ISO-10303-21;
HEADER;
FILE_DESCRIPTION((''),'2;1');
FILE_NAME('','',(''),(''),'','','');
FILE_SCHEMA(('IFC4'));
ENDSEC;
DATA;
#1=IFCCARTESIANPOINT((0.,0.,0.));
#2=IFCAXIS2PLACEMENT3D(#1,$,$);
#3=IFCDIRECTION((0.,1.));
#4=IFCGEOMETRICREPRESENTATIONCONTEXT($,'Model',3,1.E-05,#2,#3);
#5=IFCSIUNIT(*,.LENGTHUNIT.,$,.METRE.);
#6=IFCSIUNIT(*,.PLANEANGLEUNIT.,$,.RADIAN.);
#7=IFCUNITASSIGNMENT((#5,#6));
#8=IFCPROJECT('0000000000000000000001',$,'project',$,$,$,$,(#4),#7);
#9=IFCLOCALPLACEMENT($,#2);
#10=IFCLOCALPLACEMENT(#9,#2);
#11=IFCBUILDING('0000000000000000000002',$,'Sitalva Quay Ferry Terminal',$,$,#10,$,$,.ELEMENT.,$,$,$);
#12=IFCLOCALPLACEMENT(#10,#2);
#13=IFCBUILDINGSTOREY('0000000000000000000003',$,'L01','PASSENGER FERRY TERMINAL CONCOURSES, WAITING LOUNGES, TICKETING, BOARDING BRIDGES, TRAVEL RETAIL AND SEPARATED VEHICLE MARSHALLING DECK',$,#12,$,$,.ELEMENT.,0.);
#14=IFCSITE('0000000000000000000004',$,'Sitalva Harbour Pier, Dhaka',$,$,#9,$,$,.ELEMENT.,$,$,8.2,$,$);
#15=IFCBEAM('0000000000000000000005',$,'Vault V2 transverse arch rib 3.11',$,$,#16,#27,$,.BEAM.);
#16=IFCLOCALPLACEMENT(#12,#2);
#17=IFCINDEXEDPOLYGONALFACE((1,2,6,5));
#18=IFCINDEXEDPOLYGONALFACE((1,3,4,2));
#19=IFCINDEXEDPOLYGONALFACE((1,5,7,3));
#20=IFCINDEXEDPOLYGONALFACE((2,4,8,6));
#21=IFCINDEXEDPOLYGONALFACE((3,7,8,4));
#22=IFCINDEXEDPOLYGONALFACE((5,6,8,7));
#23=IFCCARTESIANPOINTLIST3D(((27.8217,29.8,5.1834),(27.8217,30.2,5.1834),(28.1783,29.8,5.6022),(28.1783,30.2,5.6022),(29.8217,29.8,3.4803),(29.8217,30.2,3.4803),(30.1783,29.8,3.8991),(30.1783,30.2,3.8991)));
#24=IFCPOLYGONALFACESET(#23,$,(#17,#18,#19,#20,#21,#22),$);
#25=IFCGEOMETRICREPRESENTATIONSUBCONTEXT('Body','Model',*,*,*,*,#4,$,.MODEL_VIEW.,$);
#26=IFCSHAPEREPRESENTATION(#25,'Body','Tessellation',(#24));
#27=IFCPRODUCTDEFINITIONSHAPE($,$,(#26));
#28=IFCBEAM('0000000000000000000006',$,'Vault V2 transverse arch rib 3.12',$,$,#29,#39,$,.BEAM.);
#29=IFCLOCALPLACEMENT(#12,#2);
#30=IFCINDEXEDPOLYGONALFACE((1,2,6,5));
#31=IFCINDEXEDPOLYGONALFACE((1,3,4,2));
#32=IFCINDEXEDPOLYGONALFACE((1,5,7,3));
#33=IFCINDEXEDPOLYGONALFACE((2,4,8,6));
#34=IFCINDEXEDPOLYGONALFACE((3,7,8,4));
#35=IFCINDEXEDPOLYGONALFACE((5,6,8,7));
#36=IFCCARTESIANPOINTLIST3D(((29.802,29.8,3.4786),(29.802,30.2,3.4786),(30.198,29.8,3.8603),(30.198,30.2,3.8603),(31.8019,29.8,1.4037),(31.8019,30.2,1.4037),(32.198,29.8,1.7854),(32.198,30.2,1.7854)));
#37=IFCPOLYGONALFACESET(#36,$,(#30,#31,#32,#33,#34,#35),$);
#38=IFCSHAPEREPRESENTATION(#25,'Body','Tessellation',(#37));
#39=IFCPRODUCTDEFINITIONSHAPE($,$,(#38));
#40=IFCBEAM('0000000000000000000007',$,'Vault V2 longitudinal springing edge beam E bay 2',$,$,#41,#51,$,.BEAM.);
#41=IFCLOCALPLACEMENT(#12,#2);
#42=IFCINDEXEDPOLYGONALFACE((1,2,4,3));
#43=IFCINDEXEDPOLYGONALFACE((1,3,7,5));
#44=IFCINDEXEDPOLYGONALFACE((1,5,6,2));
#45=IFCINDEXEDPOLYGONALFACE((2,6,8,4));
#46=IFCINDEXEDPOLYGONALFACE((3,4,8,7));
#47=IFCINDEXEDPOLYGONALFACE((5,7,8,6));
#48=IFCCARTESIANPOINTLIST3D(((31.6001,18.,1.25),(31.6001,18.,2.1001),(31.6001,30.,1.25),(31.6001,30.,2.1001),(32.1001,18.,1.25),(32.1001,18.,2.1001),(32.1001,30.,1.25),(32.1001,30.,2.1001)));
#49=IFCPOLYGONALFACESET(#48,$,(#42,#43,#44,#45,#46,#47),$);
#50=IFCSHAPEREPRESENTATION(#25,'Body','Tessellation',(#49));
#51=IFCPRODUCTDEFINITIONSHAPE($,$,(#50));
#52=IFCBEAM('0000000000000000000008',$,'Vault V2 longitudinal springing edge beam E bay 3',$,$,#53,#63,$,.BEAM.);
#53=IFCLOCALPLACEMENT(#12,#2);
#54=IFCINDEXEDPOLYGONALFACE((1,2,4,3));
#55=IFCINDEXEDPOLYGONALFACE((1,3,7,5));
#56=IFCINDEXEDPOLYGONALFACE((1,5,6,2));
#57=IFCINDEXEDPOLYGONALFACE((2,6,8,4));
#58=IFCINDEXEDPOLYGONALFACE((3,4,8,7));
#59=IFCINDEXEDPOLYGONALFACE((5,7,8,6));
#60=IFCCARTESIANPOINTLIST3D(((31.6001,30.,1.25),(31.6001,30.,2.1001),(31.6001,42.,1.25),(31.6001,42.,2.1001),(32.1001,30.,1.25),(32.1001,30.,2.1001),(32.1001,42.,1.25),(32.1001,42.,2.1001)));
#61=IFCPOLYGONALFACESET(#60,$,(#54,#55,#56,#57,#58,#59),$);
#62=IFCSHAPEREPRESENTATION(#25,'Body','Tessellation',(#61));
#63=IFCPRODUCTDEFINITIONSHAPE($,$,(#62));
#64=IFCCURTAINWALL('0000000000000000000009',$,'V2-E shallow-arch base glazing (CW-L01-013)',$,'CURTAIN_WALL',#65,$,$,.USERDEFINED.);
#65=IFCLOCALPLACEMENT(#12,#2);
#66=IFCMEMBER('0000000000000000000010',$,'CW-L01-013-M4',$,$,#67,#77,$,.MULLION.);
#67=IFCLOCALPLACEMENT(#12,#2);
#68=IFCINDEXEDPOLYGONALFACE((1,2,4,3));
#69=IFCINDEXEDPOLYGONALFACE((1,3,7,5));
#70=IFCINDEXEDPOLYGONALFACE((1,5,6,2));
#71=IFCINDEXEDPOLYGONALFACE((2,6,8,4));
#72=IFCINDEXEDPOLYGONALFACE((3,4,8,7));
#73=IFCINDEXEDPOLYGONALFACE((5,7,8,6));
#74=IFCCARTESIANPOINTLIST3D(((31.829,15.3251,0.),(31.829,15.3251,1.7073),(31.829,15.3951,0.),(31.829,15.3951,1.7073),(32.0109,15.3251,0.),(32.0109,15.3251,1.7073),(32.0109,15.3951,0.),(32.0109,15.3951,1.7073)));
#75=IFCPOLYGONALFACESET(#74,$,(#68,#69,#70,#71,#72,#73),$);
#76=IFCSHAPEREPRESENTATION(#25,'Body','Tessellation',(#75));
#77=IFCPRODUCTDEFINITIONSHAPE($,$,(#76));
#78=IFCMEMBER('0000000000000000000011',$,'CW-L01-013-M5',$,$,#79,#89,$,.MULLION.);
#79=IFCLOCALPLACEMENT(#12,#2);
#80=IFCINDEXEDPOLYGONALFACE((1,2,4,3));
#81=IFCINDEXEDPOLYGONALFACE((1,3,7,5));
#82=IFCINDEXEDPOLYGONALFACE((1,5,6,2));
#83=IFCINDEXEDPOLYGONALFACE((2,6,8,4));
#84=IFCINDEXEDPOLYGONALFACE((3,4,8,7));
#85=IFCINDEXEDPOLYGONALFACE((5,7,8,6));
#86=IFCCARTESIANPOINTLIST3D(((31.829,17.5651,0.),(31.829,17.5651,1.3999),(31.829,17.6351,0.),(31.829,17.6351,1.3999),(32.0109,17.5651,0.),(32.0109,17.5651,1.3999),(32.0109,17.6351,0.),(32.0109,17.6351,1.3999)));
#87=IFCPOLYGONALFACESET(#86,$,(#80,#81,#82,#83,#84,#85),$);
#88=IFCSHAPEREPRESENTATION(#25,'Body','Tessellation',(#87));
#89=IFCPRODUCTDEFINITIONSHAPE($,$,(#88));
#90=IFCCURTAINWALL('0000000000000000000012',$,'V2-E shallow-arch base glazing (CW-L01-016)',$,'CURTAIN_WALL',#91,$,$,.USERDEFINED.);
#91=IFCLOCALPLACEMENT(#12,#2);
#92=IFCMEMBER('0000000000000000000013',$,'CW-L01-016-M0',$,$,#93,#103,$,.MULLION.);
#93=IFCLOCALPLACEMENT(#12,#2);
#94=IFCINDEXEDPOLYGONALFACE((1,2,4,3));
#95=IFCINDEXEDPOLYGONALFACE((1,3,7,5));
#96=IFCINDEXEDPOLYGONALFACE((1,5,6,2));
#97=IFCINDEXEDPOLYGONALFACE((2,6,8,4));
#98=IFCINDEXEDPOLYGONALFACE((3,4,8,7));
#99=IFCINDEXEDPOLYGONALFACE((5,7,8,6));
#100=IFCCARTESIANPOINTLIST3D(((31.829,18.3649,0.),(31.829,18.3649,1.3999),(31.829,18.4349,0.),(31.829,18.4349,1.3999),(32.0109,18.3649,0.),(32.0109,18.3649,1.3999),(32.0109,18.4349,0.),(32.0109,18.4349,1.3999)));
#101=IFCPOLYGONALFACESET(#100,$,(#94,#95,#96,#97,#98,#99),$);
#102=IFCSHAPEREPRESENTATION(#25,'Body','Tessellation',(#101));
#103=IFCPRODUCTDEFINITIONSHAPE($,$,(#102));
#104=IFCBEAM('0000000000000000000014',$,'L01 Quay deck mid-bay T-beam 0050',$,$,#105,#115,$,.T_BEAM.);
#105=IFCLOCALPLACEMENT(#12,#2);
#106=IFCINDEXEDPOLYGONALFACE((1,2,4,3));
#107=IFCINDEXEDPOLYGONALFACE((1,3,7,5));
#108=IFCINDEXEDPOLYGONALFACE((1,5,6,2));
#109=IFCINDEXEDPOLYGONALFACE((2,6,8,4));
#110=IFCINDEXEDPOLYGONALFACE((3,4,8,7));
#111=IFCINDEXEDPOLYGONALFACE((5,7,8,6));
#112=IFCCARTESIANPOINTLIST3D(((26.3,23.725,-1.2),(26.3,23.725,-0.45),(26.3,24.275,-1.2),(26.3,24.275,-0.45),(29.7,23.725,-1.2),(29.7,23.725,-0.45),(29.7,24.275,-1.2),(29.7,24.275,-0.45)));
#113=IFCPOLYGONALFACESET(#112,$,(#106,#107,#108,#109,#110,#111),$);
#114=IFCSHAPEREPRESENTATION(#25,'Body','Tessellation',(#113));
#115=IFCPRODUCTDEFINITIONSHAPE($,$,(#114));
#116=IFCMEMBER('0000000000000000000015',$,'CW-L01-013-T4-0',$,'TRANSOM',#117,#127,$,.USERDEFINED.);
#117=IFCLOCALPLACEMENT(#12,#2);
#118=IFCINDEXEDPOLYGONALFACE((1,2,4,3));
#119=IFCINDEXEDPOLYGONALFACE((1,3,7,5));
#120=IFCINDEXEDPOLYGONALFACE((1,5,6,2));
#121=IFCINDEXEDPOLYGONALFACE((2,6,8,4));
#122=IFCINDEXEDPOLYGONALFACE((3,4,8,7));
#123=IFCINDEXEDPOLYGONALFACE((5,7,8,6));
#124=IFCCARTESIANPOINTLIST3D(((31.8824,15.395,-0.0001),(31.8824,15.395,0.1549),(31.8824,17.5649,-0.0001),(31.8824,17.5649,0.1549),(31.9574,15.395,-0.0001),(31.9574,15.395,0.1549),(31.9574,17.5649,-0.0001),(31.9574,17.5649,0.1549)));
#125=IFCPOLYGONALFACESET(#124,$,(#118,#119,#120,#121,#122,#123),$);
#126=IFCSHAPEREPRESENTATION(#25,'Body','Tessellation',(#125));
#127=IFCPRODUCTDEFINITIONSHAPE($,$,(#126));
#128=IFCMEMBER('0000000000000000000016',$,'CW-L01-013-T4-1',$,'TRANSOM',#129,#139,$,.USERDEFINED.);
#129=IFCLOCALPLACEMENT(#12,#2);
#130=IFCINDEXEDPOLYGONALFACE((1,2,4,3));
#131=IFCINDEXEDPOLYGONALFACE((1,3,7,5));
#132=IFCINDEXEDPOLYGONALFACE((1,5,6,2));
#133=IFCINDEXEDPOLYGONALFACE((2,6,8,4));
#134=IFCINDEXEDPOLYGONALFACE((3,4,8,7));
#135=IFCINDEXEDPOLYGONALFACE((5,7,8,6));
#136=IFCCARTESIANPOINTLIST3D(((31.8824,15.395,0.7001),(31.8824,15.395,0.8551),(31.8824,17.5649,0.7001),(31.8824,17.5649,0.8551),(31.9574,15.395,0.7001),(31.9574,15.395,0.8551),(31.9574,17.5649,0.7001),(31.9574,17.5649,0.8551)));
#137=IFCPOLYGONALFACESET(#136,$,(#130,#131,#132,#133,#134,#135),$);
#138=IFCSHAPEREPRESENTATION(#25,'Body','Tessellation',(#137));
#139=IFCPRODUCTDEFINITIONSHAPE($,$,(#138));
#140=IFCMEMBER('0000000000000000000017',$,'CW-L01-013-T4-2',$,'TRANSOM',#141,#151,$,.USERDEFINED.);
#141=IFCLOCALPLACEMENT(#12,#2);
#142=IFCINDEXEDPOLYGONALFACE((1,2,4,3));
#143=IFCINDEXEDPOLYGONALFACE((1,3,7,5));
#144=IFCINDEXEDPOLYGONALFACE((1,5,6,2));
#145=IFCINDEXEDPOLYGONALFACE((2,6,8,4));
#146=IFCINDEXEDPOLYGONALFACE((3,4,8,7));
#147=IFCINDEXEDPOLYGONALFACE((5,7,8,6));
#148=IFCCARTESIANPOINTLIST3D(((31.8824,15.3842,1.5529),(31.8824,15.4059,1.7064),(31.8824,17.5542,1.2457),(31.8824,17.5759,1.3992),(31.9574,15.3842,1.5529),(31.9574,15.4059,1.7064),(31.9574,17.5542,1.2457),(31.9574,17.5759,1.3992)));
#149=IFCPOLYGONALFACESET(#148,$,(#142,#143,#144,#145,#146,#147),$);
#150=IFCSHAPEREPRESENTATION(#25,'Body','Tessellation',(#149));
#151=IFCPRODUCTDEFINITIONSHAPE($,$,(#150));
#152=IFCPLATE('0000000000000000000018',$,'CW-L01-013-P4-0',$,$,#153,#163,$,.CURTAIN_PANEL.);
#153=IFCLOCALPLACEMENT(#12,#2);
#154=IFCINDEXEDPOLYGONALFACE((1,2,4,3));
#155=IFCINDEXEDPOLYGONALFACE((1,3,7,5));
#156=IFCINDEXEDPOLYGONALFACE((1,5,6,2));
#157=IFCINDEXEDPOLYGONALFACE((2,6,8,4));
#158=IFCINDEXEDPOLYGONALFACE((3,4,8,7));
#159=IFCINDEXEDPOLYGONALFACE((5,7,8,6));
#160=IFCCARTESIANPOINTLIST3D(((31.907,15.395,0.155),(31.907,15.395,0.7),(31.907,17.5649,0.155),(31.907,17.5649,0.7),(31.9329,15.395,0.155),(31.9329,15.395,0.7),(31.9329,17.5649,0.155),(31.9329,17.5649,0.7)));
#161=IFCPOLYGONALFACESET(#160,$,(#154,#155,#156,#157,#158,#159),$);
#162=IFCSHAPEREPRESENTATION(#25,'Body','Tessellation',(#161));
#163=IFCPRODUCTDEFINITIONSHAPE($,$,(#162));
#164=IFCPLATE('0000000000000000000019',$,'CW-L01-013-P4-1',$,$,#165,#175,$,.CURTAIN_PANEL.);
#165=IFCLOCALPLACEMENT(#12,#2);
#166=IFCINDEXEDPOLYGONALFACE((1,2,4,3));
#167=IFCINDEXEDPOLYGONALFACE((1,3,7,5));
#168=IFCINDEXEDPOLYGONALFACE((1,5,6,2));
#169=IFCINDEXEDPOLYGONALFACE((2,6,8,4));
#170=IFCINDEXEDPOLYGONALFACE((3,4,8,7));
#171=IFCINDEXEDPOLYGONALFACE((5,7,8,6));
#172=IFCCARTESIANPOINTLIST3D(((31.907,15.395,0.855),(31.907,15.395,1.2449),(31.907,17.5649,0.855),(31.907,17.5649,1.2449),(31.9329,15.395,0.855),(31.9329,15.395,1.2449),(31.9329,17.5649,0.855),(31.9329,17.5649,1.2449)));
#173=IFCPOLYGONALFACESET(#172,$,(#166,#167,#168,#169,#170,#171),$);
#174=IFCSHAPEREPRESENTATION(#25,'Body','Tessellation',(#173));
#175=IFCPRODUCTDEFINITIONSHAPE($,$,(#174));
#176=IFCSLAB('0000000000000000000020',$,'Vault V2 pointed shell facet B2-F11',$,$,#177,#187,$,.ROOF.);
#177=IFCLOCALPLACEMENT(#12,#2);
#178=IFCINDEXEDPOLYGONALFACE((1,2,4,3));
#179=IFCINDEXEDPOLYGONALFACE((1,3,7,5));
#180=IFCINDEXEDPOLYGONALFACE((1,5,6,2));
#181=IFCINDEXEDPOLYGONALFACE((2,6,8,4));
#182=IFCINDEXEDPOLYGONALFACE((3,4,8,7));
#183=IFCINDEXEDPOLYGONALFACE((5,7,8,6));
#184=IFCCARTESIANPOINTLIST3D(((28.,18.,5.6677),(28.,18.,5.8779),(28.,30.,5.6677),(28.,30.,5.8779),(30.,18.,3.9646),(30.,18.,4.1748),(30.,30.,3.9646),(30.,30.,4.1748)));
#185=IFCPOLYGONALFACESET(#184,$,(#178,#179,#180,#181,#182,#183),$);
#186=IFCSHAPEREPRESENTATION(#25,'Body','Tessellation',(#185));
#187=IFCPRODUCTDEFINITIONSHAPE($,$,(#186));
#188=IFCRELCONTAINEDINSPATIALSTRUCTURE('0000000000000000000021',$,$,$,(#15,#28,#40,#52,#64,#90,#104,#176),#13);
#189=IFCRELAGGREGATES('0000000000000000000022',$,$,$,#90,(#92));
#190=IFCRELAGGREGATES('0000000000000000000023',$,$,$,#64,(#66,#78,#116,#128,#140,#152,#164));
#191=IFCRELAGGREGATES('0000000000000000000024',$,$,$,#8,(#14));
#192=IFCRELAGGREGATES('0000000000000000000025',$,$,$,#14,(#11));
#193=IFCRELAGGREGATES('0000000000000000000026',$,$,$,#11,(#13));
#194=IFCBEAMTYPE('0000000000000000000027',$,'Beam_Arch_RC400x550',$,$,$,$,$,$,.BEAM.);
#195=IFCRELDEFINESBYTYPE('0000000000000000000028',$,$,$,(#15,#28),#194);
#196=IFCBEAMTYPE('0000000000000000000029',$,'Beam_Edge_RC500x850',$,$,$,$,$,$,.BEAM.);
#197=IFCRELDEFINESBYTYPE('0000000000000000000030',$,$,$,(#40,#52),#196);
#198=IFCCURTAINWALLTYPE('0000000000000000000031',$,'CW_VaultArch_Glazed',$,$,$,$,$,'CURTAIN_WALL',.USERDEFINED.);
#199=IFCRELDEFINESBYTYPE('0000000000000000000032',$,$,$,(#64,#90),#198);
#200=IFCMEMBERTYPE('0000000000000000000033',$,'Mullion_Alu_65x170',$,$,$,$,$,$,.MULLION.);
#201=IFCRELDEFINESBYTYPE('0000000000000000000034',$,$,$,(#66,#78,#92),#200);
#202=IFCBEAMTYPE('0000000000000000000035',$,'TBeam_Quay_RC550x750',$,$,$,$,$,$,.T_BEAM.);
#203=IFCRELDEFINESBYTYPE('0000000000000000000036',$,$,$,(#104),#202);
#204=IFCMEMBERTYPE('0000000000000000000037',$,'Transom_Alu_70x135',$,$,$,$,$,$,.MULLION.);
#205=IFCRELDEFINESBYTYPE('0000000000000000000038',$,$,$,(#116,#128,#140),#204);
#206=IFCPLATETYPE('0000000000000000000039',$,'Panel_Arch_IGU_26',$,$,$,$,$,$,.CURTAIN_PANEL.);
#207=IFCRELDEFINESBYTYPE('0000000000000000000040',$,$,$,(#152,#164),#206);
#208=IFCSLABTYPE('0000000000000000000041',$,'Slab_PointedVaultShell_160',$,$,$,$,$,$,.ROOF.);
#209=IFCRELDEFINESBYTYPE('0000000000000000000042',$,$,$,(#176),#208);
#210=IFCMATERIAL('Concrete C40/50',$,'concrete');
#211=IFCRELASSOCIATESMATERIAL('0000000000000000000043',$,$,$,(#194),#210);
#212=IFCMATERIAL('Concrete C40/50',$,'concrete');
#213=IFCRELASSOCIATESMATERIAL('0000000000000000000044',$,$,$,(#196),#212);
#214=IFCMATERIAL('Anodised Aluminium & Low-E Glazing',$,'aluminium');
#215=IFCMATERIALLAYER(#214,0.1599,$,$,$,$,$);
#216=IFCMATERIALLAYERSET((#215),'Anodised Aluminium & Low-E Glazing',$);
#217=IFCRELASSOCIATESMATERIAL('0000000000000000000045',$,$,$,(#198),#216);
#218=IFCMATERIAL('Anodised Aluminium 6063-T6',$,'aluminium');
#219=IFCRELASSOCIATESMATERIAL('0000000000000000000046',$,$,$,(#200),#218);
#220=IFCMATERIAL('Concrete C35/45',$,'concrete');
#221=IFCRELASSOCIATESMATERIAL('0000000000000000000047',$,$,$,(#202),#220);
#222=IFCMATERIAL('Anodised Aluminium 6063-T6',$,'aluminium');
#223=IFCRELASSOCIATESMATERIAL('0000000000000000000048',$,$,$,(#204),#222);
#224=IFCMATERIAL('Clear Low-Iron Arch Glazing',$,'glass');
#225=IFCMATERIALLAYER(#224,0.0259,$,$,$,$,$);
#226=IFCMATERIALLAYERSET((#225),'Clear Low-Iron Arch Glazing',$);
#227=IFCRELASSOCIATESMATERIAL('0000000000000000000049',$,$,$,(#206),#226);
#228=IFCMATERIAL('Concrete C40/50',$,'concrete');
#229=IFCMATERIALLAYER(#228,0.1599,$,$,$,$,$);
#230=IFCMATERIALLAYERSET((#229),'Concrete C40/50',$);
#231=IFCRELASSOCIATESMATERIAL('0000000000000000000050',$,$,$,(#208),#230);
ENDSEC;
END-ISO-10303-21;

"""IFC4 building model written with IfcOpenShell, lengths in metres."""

from ifc_helpers import new_model, si_unit, direction, frame, origin, origin_2d, place, context, subcontext, project, spatial, polyline, rectangle, outline, extrude, material, layer, layer_set, material_profile, profile_set, type_object, element, aggregate, save


model = new_model("IFC4")

# Units and contexts
model_context = context("Model", 3, precision=1e-05, world=origin(), true_north=direction((0.0, 1.0)))
body_context = subcontext(model_context, "Body", "Model", "MODEL_VIEW")
ifc_project = project(units=[si_unit("LENGTHUNIT", "METRE"), si_unit("PLANEANGLEUNIT", "RADIAN")], contexts=[model_context])

# Site, building, storey
site_placement = place(None, origin())
site = spatial("IfcSite", under=ifc_project, at=site_placement, Name="Sitalva Harbour Pier, Dhaka", CompositionType="ELEMENT", RefElevation=8.2)
building_placement = place(site_placement, origin())
building = spatial("IfcBuilding", under=site, at=building_placement, Name="Sitalva Quay Ferry Terminal", CompositionType="ELEMENT")
storey_placement = place(building_placement, origin())
storey = spatial("IfcBuildingStorey", under=building, at=storey_placement, Name="L01", Description="PASSENGER FERRY TERMINAL CONCOURSES, WAITING LOUNGES, TICKETING, BOARDING BRIDGES, TRAVEL RETAIL AND SEPARATED VEHICLE MARSHALLING DECK", CompositionType="ELEMENT", Elevation=0.0)

# Beams
ifc_material_1 = material(Name="Concrete C40/50", Category="concrete")
ifc_material_profile_1 = material_profile(ifc_material_1, rectangle(XDim=0.3999, YDim=0.55, at=origin_2d()), Name="RC400x550")
ifc_profile_set_1 = profile_set([ifc_material_profile_1], Name="Concrete C40/50")
beam_type_1 = type_object("IfcBeamType", Name="Beam_Arch_RC400x550", PredefinedType="BEAM", material=ifc_profile_set_1)
beam_1_placement = place(storey_placement, frame((28.0, 30.0, 5.3928), z_axis=(0.761352, 0.0, -0.648339), x_axis=(0.0, 1.0, 0.0)))
element("IfcBeam", 1, at=beam_1_placement, inside=storey, type_object=beam_type_1, Name="Vault V2 transverse arch rib 3.11", PredefinedType="BEAM", context=body_context, shape_type="SweptSolid", body=[
    extrude(rectangle(XDim=0.3999, YDim=0.55, at=origin_2d()), origin(), (0.0, 0.0, 1.0), 2.627),
])
beam_2_placement = place(storey_placement, frame((30.0, 30.0, 3.6694), z_axis=(0.693983, 0.0, -0.719991), x_axis=(0.0, 1.0, 0.0)))
element("IfcBeam", 2, at=beam_2_placement, inside=storey, type_object=beam_type_1, Name="Vault V2 transverse arch rib 3.12", PredefinedType="BEAM", context=body_context, shape_type="SweptSolid", body=[
    extrude(rectangle(XDim=0.3999, YDim=0.55, at=origin_2d()), origin(), (0.0, 0.0, 1.0), 2.8818),
])
ifc_material_2 = material(Name="Concrete C40/50", Category="concrete")
ifc_material_profile_2 = material_profile(ifc_material_2, rectangle(XDim=0.5, YDim=0.8501, at=origin_2d()), Name="RC500x850")
ifc_profile_set_2 = profile_set([ifc_material_profile_2], Name="Concrete C40/50")
beam_type_2 = type_object("IfcBeamType", Name="Beam_Edge_RC500x850", PredefinedType="BEAM", material=ifc_profile_set_2)
for number, where, z_axis, x_axis, name in (
    (3, (31.8501, 18.0, 1.675), (0.0, 1.0, 0.0), (-1.0, 0.0, 0.0), "Vault V2 longitudinal springing edge beam E bay 2"),
    (4, (31.8501, 30.0, 1.675), (0.0, 1.0, 0.0), (-1.0, 0.0, 0.0), "Vault V2 longitudinal springing edge beam E bay 3"),
):
    element("IfcBeam", number, at=place(storey_placement, frame(where, z_axis=z_axis, x_axis=x_axis)), inside=storey, type_object=beam_type_2, Name=name, PredefinedType="BEAM", context=body_context, shape_type="SweptSolid", body=[
        extrude(rectangle(XDim=0.5, YDim=0.8501, at=origin_2d()), origin(), (0.0, 0.0, 1.0), 12.0),
    ])

# Curtain wall, members
ifc_material_3 = material(Name="Anodised Aluminium & Low-E Glazing", Category="aluminium")
ifc_layer_1 = layer(ifc_material_3, 0.1599)
ifc_layer_set_1 = layer_set([ifc_layer_1], Name="Anodised Aluminium & Low-E Glazing")
curtain_wall_type = type_object("IfcCurtainWallType", Name="CW_VaultArch_Glazed", ElementType="CURTAIN_WALL", PredefinedType="USERDEFINED", material=ifc_layer_set_1)
curtain_wall_1_placement = place(storey_placement, origin())
curtain_wall_1 = element("IfcCurtainWall", 5, at=curtain_wall_1_placement, inside=storey, type_object=curtain_wall_type, Name="V2-E shallow-arch base glazing (CW-L01-013)", ObjectType="CURTAIN_WALL", PredefinedType="USERDEFINED")
ifc_material_4 = material(Name="Anodised Aluminium 6063-T6", Category="aluminium")
ifc_material_profile_3 = material_profile(ifc_material_4, rectangle(XDim=0.0701, YDim=0.1819, at=origin_2d()), Name="ALU70x182")
ifc_profile_set_3 = profile_set([ifc_material_profile_3], Name="Anodised Aluminium 6063-T6")
member_type_1 = type_object("IfcMemberType", Name="Mullion_Alu_65x170", PredefinedType="MULLION", material=ifc_profile_set_3)
member_1_placement = place(storey_placement, frame((31.9199, 15.3601, 0.0), z_axis=(0.0, 0.0, 1.0), x_axis=(0.0, 1.0, 0.0)))
member_1 = element("IfcMember", 6, at=member_1_placement, type_object=member_type_1, Name="CW-L01-013-M4", PredefinedType="MULLION", context=body_context, shape_type="SweptSolid", body=[
    extrude(rectangle(XDim=0.0701, YDim=0.1819, at=origin_2d()), origin(), (0.0, 0.0, 1.0), 1.7073),
])
member_2_placement = place(storey_placement, frame((31.9199, 17.6001, 0.0), z_axis=(0.0, 0.0, 1.0), x_axis=(0.0, 1.0, 0.0)))
member_2 = element("IfcMember", 7, at=member_2_placement, type_object=member_type_1, Name="CW-L01-013-M5", PredefinedType="MULLION", context=body_context, shape_type="SweptSolid", body=[
    extrude(rectangle(XDim=0.0701, YDim=0.1819, at=origin_2d()), origin(), (0.0, 0.0, 1.0), 1.3999),
])

# Curtain wall, member
curtain_wall_2_placement = place(storey_placement, origin())
curtain_wall_2 = element("IfcCurtainWall", 8, at=curtain_wall_2_placement, inside=storey, type_object=curtain_wall_type, Name="V2-E shallow-arch base glazing (CW-L01-016)", ObjectType="CURTAIN_WALL", PredefinedType="USERDEFINED")
member_3_placement = place(storey_placement, frame((31.9199, 18.3999, 0.0), z_axis=(0.0, 0.0, 1.0), x_axis=(0.0, 1.0, 0.0)))
member_3 = element("IfcMember", 9, at=member_3_placement, type_object=member_type_1, Name="CW-L01-016-M0", PredefinedType="MULLION", context=body_context, shape_type="SweptSolid", body=[
    extrude(rectangle(XDim=0.0701, YDim=0.1819, at=origin_2d()), origin(), (0.0, 0.0, 1.0), 1.3999),
])
aggregate(curtain_wall_2, [member_3])

# Beam
ifc_material_5 = material(Name="Concrete C35/45", Category="concrete")
ifc_material_profile_4 = material_profile(ifc_material_5, rectangle(XDim=0.55, YDim=0.75, at=origin_2d()), Name="RC550x750")
ifc_profile_set_4 = profile_set([ifc_material_profile_4], Name="Concrete C35/45")
beam_type_3 = type_object("IfcBeamType", Name="TBeam_Quay_RC550x750", PredefinedType="T_BEAM", material=ifc_profile_set_4)
beam_3_placement = place(storey_placement, frame((26.3, 24.0, -0.825), z_axis=(1.0, 0.0, 0.0), x_axis=(0.0, 1.0, 0.0)))
element("IfcBeam", 10, at=beam_3_placement, inside=storey, type_object=beam_type_3, Name="L01 Quay deck mid-bay T-beam 0050", PredefinedType="T_BEAM", context=body_context, shape_type="SweptSolid", body=[
    extrude(rectangle(XDim=0.55, YDim=0.75, at=origin_2d()), origin(), (0.0, 0.0, 1.0), 3.3999),
])

# Members
ifc_material_6 = material(Name="Anodised Aluminium 6063-T6", Category="aluminium")
ifc_material_profile_5 = material_profile(ifc_material_6, rectangle(XDim=0.075, YDim=0.155, at=origin_2d()), Name="ALU75x155")
ifc_profile_set_5 = profile_set([ifc_material_profile_5], Name="Anodised Aluminium 6063-T6")
member_type_2 = type_object("IfcMemberType", Name="Transom_Alu_70x135", PredefinedType="MULLION", material=ifc_profile_set_5)
member_4_placement = place(storey_placement, frame((31.9199, 15.395, 0.0774), z_axis=(0.0, 1.0, 0.0), x_axis=(-1.0, 0.0, 0.0)))
member_4 = element("IfcMember", 11, at=member_4_placement, type_object=member_type_2, Name="CW-L01-013-T4-0", ObjectType="TRANSOM", PredefinedType="USERDEFINED", context=body_context, shape_type="SweptSolid", body=[
    extrude(rectangle(XDim=0.075, YDim=0.155, at=origin_2d()), origin(), (0.0, 0.0, 1.0), 2.1699),
])
member_5_placement = place(storey_placement, frame((31.9199, 15.395, 0.7776), z_axis=(0.0, 1.0, 0.0), x_axis=(-1.0, 0.0, 0.0)))
member_5 = element("IfcMember", 12, at=member_5_placement, type_object=member_type_2, Name="CW-L01-013-T4-1", ObjectType="TRANSOM", PredefinedType="USERDEFINED", context=body_context, shape_type="SweptSolid", body=[
    extrude(rectangle(XDim=0.075, YDim=0.155, at=origin_2d()), origin(), (0.0, 0.0, 1.0), 2.1699),
])
member_6_placement = place(storey_placement, frame((31.9199, 15.395, 1.6296), z_axis=(0.0, 0.990131, -0.140142), x_axis=(-1.0, 0.0, 0.0)))
member_6 = element("IfcMember", 13, at=member_6_placement, type_object=member_type_2, Name="CW-L01-013-T4-2", ObjectType="TRANSOM", PredefinedType="USERDEFINED", context=body_context, shape_type="SweptSolid", body=[
    extrude(rectangle(XDim=0.075, YDim=0.155, at=origin_2d()), origin(), (0.0, 0.0, 1.0), 2.1917),
])

# Plates
ifc_material_7 = material(Name="Clear Low-Iron Arch Glazing", Category="glass")
ifc_layer_2 = layer(ifc_material_7, 0.0259)
ifc_layer_set_2 = layer_set([ifc_layer_2], Name="Clear Low-Iron Arch Glazing")
plate_type = type_object("IfcPlateType", Name="Panel_Arch_IGU_26", PredefinedType="CURTAIN_PANEL", material=ifc_layer_set_2)
plate_1_placement = place(storey_placement, frame((31.9199, 16.48, 0.155), z_axis=(0.0, 0.0, 1.0), x_axis=(0.0, 1.0, 0.0)))
plate_1 = element("IfcPlate", 14, at=plate_1_placement, type_object=plate_type, Name="CW-L01-013-P4-0", PredefinedType="CURTAIN_PANEL", context=body_context, shape_type="SweptSolid", body=[
    extrude(rectangle(XDim=2.1699, YDim=0.0259, at=origin_2d()), origin(), (0.0, 0.0, 1.0), 0.5449),
])
plate_2_placement = place(storey_placement, frame((31.9199, 16.48, 0.855), z_axis=(0.0, 0.0, 1.0), x_axis=(0.0, 1.0, 0.0)))
plate_2 = element("IfcPlate", 15, at=plate_2_placement, type_object=plate_type, Name="CW-L01-013-P4-1", PredefinedType="CURTAIN_PANEL", context=body_context, shape_type="SweptSolid", body=[
    extrude(rectangle(XDim=2.1699, YDim=0.0259, at=origin_2d()), origin(), (0.0, 0.0, 1.0), 0.3899),
])
aggregate(curtain_wall_1, [member_1, member_2, member_4, member_5, member_6, plate_1, plate_2])

# Slab
ifc_material_8 = material(Name="Concrete C40/50", Category="concrete")
ifc_layer_3 = layer(ifc_material_8, 0.1599)
ifc_layer_set_3 = layer_set([ifc_layer_3], Name="Concrete C40/50")
slab_type = type_object("IfcSlabType", Name="Slab_PointedVaultShell_160", PredefinedType="ROOF", material=ifc_layer_set_3)
slab_1_placement = place(storey_placement, frame((28.0, 18.0, 5.8779), z_axis=(0.648339, 0.0, 0.761352), x_axis=(0.761352, 0.0, -0.648339)))
element("IfcSlab", 16, at=slab_1_placement, inside=storey, type_object=slab_type, Name="Vault V2 pointed shell facet B2-F11", PredefinedType="ROOF", context=body_context, shape_type="SweptSolid", body=[
    extrude(outline(polyline([(0.0, 0.0), (2.6269, 0.0), (2.6269, 12.0), (0.0, 12.0), (0.0, 0.0)])), origin(), (0.648339, 0.0, -0.761352), 0.2102),
])

save(model, "model.ifc")
